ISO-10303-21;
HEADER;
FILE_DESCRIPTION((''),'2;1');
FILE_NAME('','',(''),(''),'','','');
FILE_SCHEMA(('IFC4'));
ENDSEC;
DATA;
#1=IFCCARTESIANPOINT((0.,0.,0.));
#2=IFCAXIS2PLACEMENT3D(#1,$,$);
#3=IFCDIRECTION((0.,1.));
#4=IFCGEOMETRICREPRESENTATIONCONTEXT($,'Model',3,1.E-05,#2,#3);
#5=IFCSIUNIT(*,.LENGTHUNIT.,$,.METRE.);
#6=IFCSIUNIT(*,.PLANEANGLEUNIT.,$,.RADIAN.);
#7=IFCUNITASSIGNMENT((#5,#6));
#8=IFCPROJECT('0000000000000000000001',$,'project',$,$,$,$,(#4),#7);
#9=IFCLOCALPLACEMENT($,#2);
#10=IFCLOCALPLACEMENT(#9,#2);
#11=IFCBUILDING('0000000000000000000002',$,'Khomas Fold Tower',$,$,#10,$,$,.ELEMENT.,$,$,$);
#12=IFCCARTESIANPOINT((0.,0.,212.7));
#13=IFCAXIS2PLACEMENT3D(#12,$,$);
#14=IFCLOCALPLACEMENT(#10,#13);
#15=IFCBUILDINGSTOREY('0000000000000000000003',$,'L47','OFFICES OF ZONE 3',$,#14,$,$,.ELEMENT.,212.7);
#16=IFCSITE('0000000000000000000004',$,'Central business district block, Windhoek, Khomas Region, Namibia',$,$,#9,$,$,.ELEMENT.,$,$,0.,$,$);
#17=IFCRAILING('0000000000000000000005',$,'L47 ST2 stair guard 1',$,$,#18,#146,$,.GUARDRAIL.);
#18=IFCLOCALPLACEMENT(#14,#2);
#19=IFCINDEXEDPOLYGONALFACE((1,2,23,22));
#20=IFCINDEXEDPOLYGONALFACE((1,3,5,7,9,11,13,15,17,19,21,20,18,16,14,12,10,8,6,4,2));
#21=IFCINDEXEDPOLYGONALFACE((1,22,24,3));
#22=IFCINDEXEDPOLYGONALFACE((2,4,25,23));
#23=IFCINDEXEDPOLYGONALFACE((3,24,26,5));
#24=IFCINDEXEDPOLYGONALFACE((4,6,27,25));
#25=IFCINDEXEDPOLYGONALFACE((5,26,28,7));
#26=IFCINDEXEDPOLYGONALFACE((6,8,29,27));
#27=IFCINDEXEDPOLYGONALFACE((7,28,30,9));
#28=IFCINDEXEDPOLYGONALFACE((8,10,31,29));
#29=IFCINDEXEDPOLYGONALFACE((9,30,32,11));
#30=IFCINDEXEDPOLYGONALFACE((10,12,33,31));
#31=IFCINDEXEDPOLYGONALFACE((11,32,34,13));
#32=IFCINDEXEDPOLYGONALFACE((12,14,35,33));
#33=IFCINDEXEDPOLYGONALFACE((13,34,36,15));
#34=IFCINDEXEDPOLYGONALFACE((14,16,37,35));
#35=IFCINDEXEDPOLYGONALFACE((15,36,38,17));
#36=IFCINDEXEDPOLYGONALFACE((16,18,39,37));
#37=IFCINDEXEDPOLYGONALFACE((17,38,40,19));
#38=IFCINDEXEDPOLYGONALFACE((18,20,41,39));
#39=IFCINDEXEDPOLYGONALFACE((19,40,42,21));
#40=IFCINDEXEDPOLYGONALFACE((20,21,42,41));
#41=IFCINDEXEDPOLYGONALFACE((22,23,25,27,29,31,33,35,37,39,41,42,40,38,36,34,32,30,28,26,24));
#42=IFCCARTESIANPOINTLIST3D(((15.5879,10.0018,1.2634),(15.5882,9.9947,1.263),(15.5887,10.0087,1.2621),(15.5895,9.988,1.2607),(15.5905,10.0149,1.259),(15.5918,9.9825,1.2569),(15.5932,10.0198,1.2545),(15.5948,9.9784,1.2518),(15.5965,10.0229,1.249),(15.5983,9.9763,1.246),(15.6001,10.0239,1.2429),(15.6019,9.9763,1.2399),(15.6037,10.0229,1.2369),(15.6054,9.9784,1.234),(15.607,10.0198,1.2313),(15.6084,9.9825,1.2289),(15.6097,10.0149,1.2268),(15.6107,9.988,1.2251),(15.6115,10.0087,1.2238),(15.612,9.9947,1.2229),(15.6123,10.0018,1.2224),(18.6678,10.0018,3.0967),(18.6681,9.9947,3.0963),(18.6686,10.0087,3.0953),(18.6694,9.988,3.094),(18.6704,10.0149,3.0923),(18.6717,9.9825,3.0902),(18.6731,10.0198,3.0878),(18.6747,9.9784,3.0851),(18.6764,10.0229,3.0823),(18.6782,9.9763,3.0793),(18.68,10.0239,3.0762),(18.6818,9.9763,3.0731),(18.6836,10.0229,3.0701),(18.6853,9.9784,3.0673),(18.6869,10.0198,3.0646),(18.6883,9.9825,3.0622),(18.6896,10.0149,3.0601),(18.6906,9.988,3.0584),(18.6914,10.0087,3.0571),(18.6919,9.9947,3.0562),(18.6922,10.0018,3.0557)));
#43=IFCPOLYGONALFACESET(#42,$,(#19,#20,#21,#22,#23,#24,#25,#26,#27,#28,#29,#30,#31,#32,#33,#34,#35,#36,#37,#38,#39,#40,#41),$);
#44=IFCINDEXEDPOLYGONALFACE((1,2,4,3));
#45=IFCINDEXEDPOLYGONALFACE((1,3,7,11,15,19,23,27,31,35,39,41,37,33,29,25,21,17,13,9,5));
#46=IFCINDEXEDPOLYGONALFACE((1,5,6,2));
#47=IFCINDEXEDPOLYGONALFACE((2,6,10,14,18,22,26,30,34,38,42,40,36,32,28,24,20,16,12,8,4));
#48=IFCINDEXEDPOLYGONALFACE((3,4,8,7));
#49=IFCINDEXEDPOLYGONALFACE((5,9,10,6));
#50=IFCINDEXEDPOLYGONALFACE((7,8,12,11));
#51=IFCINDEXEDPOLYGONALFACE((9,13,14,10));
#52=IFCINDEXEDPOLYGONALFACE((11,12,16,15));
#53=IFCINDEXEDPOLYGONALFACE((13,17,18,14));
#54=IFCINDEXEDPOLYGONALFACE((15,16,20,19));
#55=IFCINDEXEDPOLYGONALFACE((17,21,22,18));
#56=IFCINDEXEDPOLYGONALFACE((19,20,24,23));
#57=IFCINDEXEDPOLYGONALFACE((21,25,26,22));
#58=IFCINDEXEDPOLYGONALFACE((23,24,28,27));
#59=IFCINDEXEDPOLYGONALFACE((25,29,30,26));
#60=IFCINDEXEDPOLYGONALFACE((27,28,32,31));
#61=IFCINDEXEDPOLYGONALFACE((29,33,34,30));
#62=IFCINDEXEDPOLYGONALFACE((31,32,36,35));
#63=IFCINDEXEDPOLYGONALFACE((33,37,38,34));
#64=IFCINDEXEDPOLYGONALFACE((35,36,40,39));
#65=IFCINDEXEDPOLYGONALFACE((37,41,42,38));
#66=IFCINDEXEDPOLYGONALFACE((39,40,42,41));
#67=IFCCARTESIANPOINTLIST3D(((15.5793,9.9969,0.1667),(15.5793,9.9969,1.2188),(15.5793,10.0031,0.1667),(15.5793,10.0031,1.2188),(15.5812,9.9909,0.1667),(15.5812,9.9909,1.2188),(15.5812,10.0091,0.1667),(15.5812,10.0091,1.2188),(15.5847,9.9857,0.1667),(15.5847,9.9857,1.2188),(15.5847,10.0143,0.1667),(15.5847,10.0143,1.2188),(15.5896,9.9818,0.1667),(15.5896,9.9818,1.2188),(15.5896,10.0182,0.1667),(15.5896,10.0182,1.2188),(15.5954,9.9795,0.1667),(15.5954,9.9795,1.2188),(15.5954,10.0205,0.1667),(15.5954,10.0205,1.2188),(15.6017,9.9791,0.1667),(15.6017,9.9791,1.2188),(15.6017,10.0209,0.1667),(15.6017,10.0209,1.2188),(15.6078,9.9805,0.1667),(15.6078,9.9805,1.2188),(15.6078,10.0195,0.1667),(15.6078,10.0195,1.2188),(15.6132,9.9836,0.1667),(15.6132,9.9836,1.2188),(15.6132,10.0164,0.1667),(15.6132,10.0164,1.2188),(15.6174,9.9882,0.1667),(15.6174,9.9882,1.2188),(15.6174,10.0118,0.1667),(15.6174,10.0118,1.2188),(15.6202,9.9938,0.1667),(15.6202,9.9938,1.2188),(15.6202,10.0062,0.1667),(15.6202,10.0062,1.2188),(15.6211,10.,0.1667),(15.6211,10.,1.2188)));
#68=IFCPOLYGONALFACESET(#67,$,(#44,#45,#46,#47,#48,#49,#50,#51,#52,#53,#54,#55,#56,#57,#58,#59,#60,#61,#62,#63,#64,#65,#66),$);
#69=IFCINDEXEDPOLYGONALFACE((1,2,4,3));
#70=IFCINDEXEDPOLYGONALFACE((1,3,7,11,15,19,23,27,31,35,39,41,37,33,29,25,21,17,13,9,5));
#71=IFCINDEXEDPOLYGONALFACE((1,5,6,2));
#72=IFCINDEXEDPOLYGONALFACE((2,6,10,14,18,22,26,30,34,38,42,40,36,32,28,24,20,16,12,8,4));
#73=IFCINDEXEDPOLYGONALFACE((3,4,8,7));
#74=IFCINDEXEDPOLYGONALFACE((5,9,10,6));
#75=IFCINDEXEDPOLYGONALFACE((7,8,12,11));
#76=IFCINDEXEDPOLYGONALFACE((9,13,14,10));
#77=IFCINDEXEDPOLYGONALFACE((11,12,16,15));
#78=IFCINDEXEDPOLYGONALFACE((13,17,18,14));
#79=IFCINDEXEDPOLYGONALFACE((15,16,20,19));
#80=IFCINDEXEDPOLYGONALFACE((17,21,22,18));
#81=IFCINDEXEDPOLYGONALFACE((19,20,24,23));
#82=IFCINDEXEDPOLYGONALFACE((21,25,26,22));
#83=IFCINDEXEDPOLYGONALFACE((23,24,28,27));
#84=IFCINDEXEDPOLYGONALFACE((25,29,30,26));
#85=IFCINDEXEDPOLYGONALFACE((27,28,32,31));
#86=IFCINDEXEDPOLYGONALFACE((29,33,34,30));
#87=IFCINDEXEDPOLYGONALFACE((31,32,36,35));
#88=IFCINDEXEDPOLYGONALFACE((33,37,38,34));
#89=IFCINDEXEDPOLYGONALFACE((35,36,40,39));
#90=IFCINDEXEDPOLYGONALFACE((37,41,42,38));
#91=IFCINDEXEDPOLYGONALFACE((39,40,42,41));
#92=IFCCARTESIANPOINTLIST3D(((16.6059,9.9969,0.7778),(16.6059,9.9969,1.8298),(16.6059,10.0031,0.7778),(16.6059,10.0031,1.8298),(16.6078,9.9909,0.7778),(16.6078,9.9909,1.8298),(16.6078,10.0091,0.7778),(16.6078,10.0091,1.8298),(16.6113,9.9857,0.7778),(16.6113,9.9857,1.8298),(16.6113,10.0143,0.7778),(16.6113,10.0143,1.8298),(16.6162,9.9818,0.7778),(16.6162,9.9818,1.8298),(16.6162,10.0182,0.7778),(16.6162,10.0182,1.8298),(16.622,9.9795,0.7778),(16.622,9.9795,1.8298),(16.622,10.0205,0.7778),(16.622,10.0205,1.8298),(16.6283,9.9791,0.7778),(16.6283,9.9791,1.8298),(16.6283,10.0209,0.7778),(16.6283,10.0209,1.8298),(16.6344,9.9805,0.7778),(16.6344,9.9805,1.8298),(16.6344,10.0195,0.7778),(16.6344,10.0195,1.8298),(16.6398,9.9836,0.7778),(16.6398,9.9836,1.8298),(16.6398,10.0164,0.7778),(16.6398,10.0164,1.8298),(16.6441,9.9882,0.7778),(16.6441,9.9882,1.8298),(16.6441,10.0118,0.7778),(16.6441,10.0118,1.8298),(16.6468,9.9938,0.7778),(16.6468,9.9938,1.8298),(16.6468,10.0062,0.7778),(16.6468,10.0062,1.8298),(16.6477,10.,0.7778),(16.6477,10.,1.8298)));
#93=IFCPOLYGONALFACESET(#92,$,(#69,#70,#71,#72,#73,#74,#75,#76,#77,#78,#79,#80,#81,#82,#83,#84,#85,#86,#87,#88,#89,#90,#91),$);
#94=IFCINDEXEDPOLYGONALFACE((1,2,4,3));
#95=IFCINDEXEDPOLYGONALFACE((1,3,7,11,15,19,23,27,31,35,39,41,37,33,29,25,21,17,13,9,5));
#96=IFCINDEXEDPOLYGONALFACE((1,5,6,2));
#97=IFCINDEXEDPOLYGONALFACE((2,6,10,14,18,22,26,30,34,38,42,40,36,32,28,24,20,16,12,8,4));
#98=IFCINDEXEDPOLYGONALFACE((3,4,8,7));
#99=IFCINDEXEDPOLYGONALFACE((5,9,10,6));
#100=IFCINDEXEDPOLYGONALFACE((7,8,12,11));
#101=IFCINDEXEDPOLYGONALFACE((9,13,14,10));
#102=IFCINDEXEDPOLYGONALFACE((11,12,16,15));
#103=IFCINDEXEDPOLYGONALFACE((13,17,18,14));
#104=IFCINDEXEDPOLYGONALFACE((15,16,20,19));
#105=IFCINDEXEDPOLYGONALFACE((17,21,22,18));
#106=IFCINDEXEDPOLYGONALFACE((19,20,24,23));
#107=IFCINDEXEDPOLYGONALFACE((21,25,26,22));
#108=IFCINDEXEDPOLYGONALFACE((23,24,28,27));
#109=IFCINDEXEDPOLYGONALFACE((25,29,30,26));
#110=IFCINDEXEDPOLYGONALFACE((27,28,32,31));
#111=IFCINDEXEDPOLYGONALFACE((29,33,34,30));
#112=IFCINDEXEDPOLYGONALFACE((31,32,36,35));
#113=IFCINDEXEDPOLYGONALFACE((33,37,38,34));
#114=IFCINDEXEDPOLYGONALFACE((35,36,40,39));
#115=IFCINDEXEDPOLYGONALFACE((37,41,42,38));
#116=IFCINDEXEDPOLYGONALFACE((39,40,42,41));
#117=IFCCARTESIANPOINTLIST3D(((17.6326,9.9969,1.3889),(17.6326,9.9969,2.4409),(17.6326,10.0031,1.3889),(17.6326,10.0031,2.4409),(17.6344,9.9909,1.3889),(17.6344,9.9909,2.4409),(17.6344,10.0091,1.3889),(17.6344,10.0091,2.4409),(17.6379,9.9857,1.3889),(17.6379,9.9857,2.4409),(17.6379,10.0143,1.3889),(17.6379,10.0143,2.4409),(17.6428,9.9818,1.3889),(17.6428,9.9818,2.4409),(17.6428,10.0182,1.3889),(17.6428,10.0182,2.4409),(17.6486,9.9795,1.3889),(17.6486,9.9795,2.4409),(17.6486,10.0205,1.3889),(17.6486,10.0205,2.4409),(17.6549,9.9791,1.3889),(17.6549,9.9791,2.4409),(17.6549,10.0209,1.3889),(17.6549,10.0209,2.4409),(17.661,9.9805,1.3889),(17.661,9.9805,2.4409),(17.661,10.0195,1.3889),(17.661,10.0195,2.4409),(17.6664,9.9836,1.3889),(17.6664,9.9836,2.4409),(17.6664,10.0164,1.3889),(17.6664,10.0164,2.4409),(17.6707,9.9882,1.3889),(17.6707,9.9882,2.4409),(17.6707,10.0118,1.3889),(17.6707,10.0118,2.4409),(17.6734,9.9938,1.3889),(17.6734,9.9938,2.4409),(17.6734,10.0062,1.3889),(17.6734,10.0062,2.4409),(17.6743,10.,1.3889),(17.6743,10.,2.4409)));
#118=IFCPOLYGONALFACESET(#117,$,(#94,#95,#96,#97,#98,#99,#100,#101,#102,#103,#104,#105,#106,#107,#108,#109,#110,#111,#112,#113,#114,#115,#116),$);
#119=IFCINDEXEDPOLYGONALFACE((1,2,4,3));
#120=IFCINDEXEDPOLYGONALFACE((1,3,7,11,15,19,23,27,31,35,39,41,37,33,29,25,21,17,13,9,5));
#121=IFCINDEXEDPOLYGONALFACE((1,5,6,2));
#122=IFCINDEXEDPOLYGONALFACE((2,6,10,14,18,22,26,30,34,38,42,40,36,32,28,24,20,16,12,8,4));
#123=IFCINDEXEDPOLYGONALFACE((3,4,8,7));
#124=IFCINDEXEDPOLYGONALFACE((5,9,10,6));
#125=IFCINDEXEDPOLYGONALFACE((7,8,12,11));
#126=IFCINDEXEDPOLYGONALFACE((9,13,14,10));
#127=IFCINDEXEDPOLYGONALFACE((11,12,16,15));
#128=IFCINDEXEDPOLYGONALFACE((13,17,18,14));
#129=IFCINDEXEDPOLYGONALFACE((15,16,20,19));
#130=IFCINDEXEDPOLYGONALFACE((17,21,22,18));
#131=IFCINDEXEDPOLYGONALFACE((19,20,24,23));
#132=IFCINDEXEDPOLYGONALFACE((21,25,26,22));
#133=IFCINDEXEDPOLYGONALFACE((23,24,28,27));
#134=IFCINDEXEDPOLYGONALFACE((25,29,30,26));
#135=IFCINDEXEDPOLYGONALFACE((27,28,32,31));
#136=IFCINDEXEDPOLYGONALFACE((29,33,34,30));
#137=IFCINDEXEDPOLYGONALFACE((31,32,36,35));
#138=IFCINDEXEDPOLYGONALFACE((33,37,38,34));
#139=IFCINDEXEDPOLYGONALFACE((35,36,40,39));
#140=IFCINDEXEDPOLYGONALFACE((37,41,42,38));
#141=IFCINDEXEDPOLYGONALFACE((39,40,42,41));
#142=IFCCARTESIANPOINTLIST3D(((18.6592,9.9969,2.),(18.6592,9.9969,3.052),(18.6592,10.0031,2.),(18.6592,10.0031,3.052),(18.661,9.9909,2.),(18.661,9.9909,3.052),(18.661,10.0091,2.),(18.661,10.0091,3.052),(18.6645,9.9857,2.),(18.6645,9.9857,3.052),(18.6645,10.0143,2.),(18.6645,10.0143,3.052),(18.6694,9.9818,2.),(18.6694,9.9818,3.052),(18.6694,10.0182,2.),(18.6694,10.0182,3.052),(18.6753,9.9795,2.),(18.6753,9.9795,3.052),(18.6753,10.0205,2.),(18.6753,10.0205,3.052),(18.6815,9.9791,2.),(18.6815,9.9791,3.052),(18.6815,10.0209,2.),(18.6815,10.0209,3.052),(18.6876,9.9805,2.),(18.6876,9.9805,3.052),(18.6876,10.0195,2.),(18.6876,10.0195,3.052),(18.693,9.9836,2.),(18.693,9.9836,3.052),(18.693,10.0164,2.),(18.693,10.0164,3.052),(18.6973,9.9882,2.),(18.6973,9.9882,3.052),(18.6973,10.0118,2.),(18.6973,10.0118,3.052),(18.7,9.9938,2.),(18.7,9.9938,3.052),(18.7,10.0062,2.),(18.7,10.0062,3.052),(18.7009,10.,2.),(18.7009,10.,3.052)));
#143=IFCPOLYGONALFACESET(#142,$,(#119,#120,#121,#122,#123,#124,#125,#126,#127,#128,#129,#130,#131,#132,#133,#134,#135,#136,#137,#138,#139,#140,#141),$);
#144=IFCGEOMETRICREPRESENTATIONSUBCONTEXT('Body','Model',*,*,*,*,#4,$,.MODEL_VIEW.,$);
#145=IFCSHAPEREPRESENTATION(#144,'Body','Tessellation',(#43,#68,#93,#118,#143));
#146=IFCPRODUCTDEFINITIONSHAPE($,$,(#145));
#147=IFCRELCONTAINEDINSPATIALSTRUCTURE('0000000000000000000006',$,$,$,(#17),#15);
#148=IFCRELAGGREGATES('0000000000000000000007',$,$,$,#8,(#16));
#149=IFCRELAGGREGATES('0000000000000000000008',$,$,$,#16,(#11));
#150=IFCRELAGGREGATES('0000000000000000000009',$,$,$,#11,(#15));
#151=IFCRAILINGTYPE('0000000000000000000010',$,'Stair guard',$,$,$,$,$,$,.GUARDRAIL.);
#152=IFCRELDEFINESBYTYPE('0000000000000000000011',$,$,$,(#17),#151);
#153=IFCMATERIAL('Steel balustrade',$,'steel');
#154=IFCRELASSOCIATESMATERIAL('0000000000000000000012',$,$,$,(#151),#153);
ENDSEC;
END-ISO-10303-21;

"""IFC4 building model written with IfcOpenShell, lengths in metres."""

from ifc_helpers import new_model, si_unit, direction, frame, origin, origin_2d, place, context, subcontext, project, spatial, circle, extrude, source, transform, mapped, material, type_object, element, save


model = new_model("IFC4")

# Units and contexts
model_context = context("Model", 3, precision=1e-05, world=origin(), true_north=direction((0.0, 1.0)))
body_context = subcontext(model_context, "Body", "Model", "MODEL_VIEW")
ifc_project = project(units=[si_unit("LENGTHUNIT", "METRE"), si_unit("PLANEANGLEUNIT", "RADIAN")], contexts=[model_context])

# Site, building, storey
site_placement = place(None, origin())
site = spatial("IfcSite", under=ifc_project, at=site_placement, Name="Central business district block, Windhoek, Khomas Region, Namibia", CompositionType="ELEMENT", RefElevation=0.0)
building_placement = place(site_placement, origin())
building = spatial("IfcBuilding", under=site, at=building_placement, Name="Khomas Fold Tower", CompositionType="ELEMENT")
storey_placement = place(building_placement, frame((0.0, 0.0, 212.7)))
storey = spatial("IfcBuildingStorey", under=building, at=storey_placement, Name="L47", Description="OFFICES OF ZONE 3", CompositionType="ELEMENT", Elevation=212.7)

# Railing
ifc_material_1 = material(Name="Steel balustrade", Category="steel")
railing_type_1 = type_object("IfcRailingType", Name="Stair guard", PredefinedType="GUARDRAIL", material=ifc_material_1)
shared_shape_1 = source(origin(), body_context, "Body", "SweptSolid", [
    extrude(circle(Radius=0.0239, at=origin_2d()), frame((0.0, 0.0, 1.0762), z_axis=(0.859291, 0.0, 0.511487), x_axis=(0.0, 1.0, 0.0)), (0.0, 0.0, 1.0), 3.5842),
    extrude(circle(Radius=0.021, at=origin_2d()), origin(), (0.0, 0.0, 1.0), 1.052),
    extrude(circle(Radius=0.021, at=origin_2d()), frame((1.0266, 0.0, 0.6111)), (0.0, 0.0, 1.0), 1.052),
    extrude(circle(Radius=0.021, at=origin_2d()), frame((2.0532, 0.0, 1.2222)), (0.0, 0.0, 1.0), 1.052),
    extrude(circle(Radius=0.021, at=origin_2d()), frame((3.0798, 0.0, 1.8333)), (0.0, 0.0, 1.0), 1.052),
])
railing_1_placement = place(storey_placement, frame((15.6001, 10.0, 0.1667)))
element("IfcRailing", 1, at=railing_1_placement, inside=storey, type_object=railing_type_1, Name="L47 ST2 stair guard 1", PredefinedType="GUARDRAIL", context=body_context, shape_type="MappedRepresentation", body=[
    mapped(shared_shape_1, transform((0.0, 0.0, 0.0))),
])

save(model, "model.ifc")
